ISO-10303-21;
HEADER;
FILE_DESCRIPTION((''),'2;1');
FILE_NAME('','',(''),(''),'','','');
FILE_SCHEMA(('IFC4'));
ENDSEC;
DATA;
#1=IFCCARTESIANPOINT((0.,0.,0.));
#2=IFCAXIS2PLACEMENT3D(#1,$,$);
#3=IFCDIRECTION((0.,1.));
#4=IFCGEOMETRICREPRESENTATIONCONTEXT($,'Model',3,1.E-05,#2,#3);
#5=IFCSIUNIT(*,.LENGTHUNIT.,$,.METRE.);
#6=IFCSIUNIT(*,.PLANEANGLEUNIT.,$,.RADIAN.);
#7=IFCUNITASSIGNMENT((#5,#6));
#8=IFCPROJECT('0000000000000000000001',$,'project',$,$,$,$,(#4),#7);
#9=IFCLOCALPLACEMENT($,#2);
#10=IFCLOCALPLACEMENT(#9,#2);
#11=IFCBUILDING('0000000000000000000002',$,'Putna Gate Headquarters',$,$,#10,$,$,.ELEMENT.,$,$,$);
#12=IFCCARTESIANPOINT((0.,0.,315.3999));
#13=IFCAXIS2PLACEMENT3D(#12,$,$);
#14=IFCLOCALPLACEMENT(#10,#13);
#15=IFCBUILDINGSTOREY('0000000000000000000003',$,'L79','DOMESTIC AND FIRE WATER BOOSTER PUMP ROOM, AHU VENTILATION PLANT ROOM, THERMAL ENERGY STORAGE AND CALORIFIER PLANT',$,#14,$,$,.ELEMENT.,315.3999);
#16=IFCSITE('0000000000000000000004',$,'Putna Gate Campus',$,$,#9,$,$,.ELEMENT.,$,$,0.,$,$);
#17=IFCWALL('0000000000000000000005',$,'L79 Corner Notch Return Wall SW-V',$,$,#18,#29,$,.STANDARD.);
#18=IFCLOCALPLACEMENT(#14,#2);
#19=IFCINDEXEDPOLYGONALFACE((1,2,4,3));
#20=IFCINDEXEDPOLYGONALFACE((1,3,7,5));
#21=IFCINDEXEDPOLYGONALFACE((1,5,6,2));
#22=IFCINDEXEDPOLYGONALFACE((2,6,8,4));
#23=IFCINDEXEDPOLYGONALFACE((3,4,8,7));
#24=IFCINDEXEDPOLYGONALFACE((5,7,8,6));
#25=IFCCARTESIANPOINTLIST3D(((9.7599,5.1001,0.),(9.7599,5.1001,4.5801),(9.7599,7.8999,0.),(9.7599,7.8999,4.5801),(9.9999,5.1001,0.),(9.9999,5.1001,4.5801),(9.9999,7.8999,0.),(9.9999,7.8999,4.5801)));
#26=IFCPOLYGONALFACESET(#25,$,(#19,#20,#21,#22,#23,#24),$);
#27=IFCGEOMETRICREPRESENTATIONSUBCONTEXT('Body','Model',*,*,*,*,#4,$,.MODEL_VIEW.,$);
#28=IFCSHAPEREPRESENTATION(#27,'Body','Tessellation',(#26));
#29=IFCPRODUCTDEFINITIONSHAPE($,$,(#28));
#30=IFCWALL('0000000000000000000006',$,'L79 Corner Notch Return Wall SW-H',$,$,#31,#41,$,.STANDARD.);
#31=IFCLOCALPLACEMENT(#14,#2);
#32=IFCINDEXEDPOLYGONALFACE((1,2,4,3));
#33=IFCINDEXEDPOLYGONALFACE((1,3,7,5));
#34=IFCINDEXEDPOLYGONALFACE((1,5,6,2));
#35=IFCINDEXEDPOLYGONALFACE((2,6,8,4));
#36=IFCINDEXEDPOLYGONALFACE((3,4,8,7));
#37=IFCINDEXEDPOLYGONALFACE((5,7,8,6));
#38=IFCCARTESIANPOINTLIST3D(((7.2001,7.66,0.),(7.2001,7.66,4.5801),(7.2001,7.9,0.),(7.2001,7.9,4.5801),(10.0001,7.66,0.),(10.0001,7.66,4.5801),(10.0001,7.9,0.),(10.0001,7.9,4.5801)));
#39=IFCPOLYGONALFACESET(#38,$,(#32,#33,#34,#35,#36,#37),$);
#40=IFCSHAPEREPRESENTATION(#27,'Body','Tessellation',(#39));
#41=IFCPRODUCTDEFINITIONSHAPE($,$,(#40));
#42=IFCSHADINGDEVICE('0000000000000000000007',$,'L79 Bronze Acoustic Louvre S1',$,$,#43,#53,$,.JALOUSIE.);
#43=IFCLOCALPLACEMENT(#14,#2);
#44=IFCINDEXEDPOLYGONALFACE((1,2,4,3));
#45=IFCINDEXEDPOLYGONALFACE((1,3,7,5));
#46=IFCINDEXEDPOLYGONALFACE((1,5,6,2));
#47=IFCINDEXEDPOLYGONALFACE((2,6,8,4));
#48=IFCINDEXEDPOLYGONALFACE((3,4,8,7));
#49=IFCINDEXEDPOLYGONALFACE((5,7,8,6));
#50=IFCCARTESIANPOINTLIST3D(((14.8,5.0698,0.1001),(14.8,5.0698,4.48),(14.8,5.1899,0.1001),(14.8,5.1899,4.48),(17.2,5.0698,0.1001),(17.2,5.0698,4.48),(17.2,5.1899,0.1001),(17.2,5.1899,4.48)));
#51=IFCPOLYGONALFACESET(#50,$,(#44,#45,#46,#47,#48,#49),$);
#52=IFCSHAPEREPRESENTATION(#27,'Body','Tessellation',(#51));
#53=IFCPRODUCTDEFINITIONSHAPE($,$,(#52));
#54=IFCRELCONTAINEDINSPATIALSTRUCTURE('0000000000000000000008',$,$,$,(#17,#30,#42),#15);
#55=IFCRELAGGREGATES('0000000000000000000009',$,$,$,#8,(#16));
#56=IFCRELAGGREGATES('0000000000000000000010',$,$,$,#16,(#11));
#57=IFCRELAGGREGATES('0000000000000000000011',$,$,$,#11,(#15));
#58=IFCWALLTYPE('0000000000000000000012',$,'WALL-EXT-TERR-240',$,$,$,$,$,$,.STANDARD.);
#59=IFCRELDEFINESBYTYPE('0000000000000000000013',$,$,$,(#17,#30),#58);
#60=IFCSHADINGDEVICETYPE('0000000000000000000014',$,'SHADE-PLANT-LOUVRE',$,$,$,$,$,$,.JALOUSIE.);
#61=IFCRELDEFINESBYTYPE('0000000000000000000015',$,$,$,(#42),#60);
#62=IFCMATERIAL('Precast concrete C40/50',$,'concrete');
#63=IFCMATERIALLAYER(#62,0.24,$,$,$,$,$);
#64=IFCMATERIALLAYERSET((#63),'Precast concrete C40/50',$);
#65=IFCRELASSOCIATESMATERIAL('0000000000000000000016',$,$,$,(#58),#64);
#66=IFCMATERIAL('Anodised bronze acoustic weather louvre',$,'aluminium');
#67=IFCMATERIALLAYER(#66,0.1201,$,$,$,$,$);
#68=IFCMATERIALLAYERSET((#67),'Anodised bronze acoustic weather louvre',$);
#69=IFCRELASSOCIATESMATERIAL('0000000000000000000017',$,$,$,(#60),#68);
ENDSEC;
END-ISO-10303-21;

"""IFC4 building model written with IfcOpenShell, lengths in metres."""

from ifc_helpers import new_model, si_unit, direction, frame, frame_2d, origin, origin_2d, place, context, subcontext, project, spatial, rectangle, extrude, material, layer, layer_set, type_object, element, save


model = new_model("IFC4")

# Units and contexts
model_context = context("Model", 3, precision=1e-05, world=origin(), true_north=direction((0.0, 1.0)))
body_context = subcontext(model_context, "Body", "Model", "MODEL_VIEW")
ifc_project = project(units=[si_unit("LENGTHUNIT", "METRE"), si_unit("PLANEANGLEUNIT", "RADIAN")], contexts=[model_context])

# Site, building, storey
site_placement = place(None, origin())
site = spatial("IfcSite", under=ifc_project, at=site_placement, Name="Putna Gate Campus", CompositionType="ELEMENT", RefElevation=0.0)
building_placement = place(site_placement, origin())
building = spatial("IfcBuilding", under=site, at=building_placement, Name="Putna Gate Headquarters", CompositionType="ELEMENT")
storey_placement = place(building_placement, frame((0.0, 0.0, 315.3999)))
storey = spatial("IfcBuildingStorey", under=building, at=storey_placement, Name="L79", Description="DOMESTIC AND FIRE WATER BOOSTER PUMP ROOM, AHU VENTILATION PLANT ROOM, THERMAL ENERGY STORAGE AND CALORIFIER PLANT", CompositionType="ELEMENT", Elevation=315.3999)

# Walls
ifc_material_1 = material(Name="Precast concrete C40/50", Category="concrete")
ifc_layer_1 = layer(ifc_material_1, 0.24)
ifc_layer_set_1 = layer_set([ifc_layer_1], Name="Precast concrete C40/50")
wall_type = type_object("IfcWallType", Name="WALL-EXT-TERR-240", PredefinedType="STANDARD", material=ifc_layer_set_1)
wall_1_placement = place(storey_placement, frame((9.8799, 5.1001, 0.0), z_axis=(0.0, 0.0, 1.0), x_axis=(0.0, 1.0, 0.0)))
element("IfcWall", 1, at=wall_1_placement, inside=storey, type_object=wall_type, Name="L79 Corner Notch Return Wall SW-V", PredefinedType="STANDARD", context=body_context, shape_type="SweptSolid", body=[
    extrude(rectangle(XDim=2.7998, YDim=0.24, at=frame_2d((1.3999, 0.0))), origin(), (0.0, 0.0, 1.0), 4.5801),
])
wall_2_placement = place(storey_placement, frame((10.0, 7.78, 0.0), z_axis=(0.0, 0.0, 1.0), x_axis=(-1.0, 0.0, 0.0)))
element("IfcWall", 2, at=wall_2_placement, inside=storey, type_object=wall_type, Name="L79 Corner Notch Return Wall SW-H", PredefinedType="STANDARD", context=body_context, shape_type="SweptSolid", body=[
    extrude(rectangle(XDim=2.8, YDim=0.24, at=frame_2d((1.3999, 0.0))), origin(), (0.0, 0.0, 1.0), 4.5801),
])

# Shading device
ifc_material_2 = material(Name="Anodised bronze acoustic weather louvre", Category="aluminium")
ifc_layer_2 = layer(ifc_material_2, 0.1201)
ifc_layer_set_2 = layer_set([ifc_layer_2], Name="Anodised bronze acoustic weather louvre")
shading_device_type = type_object("IfcShadingDeviceType", Name="SHADE-PLANT-LOUVRE", PredefinedType="JALOUSIE", material=ifc_layer_set_2)
shading_device_placement = place(storey_placement, frame((16.0, 5.1299, 0.1001), z_axis=(0.0, 0.0, 1.0), x_axis=(1.0, 0.0, 0.0)))
element("IfcShadingDevice", 3, at=shading_device_placement, inside=storey, type_object=shading_device_type, Name="L79 Bronze Acoustic Louvre S1", PredefinedType="JALOUSIE", context=body_context, shape_type="SweptSolid", body=[
    extrude(rectangle(XDim=2.3999, YDim=0.1201, at=origin_2d()), origin(), (0.0, 0.0, 1.0), 4.3799),
])

save(model, "model.ifc")
